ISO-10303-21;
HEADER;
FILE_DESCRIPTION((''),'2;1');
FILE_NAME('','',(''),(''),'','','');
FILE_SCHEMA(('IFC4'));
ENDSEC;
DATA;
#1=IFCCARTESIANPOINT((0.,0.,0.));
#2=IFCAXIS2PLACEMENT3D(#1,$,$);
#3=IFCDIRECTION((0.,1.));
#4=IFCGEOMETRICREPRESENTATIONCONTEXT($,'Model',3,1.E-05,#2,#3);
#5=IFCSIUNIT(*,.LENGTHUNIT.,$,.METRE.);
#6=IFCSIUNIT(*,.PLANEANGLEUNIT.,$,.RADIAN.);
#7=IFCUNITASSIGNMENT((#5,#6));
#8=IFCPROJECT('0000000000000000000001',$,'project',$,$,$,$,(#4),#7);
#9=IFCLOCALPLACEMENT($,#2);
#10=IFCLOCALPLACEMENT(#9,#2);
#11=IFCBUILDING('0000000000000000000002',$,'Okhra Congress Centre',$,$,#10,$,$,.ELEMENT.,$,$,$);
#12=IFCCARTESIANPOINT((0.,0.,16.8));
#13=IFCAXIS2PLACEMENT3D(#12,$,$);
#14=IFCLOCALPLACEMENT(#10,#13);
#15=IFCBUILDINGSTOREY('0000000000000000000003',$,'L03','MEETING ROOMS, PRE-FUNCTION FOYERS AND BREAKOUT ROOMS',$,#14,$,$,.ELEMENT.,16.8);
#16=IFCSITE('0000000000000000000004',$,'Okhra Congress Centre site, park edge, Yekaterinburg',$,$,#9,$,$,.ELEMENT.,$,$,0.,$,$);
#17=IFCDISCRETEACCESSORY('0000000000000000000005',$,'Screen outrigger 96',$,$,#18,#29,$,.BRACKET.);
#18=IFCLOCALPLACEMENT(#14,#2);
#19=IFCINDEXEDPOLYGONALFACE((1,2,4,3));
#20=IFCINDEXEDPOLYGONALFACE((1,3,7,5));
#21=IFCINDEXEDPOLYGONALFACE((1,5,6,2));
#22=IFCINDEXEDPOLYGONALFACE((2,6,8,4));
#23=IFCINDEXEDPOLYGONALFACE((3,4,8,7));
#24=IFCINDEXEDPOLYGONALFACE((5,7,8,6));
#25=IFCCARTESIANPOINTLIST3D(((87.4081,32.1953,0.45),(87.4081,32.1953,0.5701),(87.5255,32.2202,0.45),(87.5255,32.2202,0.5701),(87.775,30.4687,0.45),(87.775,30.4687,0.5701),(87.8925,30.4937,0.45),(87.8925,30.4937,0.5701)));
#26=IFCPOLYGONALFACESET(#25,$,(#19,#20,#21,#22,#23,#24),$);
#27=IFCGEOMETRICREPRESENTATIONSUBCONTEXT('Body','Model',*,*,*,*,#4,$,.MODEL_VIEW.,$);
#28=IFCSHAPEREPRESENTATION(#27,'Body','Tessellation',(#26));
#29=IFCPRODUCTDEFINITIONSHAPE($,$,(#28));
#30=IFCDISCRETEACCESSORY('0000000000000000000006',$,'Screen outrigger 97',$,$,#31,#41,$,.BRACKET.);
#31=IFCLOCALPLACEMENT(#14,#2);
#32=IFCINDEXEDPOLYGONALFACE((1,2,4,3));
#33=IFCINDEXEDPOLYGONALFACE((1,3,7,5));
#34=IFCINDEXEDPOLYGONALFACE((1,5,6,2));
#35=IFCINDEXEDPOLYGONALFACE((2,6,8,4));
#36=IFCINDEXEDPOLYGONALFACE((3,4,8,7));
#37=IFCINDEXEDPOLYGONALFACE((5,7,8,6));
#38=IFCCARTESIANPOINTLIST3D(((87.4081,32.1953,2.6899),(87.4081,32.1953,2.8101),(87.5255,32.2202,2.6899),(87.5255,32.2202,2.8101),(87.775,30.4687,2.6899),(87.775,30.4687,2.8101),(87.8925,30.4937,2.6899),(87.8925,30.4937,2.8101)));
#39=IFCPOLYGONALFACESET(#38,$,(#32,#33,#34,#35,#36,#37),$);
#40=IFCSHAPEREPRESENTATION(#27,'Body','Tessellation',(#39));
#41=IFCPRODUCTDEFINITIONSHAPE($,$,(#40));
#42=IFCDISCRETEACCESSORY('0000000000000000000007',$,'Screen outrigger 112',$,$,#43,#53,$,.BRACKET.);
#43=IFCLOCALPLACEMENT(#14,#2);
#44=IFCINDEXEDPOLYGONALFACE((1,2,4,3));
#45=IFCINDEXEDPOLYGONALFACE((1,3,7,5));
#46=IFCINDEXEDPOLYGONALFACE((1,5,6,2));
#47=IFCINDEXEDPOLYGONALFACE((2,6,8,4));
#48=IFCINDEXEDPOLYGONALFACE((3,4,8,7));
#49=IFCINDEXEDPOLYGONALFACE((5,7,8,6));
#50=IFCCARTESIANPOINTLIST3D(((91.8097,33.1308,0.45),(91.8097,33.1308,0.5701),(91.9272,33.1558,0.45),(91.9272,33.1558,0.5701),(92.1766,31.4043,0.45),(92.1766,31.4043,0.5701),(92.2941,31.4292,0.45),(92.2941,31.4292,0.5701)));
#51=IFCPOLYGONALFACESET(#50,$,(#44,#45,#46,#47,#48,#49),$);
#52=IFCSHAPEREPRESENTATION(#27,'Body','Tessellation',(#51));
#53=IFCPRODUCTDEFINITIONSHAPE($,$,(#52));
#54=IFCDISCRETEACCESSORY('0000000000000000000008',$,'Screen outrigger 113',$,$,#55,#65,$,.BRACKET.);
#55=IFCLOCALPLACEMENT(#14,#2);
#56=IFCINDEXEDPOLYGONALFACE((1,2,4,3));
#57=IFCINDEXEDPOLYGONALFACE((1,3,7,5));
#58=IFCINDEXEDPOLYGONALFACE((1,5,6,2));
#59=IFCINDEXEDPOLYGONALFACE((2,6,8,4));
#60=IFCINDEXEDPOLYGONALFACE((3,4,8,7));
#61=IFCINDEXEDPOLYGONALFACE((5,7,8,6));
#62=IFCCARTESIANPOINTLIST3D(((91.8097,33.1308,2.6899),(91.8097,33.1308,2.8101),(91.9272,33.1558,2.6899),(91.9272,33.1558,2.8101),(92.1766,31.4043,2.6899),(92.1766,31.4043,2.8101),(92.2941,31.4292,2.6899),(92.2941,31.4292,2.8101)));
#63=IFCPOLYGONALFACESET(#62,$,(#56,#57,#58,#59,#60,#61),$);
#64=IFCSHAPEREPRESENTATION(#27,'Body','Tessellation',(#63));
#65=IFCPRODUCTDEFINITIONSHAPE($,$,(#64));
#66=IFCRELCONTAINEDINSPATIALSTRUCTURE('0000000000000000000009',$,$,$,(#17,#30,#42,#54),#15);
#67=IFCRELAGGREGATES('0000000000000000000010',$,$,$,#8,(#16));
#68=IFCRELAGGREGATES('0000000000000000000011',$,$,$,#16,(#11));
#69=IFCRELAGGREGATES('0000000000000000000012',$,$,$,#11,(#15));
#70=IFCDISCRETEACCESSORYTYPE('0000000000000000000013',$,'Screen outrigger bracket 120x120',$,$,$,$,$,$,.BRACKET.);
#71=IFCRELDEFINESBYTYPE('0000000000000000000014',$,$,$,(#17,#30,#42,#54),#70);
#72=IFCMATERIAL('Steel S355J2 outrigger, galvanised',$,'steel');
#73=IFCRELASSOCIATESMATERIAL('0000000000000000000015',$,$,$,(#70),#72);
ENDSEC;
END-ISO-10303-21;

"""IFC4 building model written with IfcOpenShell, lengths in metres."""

from ifc_helpers import new_model, si_unit, direction, frame, origin, origin_2d, place, context, subcontext, project, spatial, rectangle, extrude, material, material_profile, profile_set, type_object, element, save


model = new_model("IFC4")

# Units and contexts
model_context = context("Model", 3, precision=1e-05, world=origin(), true_north=direction((0.0, 1.0)))
body_context = subcontext(model_context, "Body", "Model", "MODEL_VIEW")
ifc_project = project(units=[si_unit("LENGTHUNIT", "METRE"), si_unit("PLANEANGLEUNIT", "RADIAN")], contexts=[model_context])

# Site, building, storey
site_placement = place(None, origin())
site = spatial("IfcSite", under=ifc_project, at=site_placement, Name="Okhra Congress Centre site, park edge, Yekaterinburg", CompositionType="ELEMENT", RefElevation=0.0)
building_placement = place(site_placement, origin())
building = spatial("IfcBuilding", under=site, at=building_placement, Name="Okhra Congress Centre", CompositionType="ELEMENT")
storey_placement = place(building_placement, frame((0.0, 0.0, 16.8)))
storey = spatial("IfcBuildingStorey", under=building, at=storey_placement, Name="L03", Description="MEETING ROOMS, PRE-FUNCTION FOYERS AND BREAKOUT ROOMS", CompositionType="ELEMENT", Elevation=16.8)

# Discrete accessories
ifc_material_1 = material(Name="Steel S355J2 outrigger, galvanised", Category="steel")
ifc_material_profile_1 = material_profile(ifc_material_1, rectangle(XDim=0.1201, YDim=0.1201, at=origin_2d()), Name="Screen outrigger bracket 120x120")
ifc_profile_set_1 = profile_set([ifc_material_profile_1], Name="Steel S355J2 outrigger, galvanised")
discrete_accessory_type = type_object("IfcDiscreteAccessoryType", Name="Screen outrigger bracket 120x120", PredefinedType="BRACKET", material=ifc_profile_set_1)
for number, where, z_axis, x_axis, name in (
    (1, (87.4668, 32.2078, 0.51), (0.207885, -0.978153, 0.0), (0.978153, 0.207885, 0.0), "Screen outrigger 96"),
    (2, (87.4668, 32.2078, 2.75), (0.207885, -0.978153, 0.0), (0.978153, 0.207885, 0.0), "Screen outrigger 97"),
    (3, (91.8684, 33.1433, 0.51), (0.207885, -0.978153, 0.0), (0.978153, 0.207885, 0.0), "Screen outrigger 112"),
    (4, (91.8684, 33.1433, 2.75), (0.207885, -0.978153, 0.0), (0.978153, 0.207885, 0.0), "Screen outrigger 113"),
):
    element("IfcDiscreteAccessory", number, at=place(storey_placement, frame(where, z_axis=z_axis, x_axis=x_axis)), inside=storey, type_object=discrete_accessory_type, Name=name, PredefinedType="BRACKET", context=body_context, shape_type="SweptSolid", body=[
        extrude(rectangle(XDim=0.1201, YDim=0.1201, at=origin_2d()), origin(), (0.0, 0.0, 1.0), 1.7651),
    ])

save(model, "model.ifc")
